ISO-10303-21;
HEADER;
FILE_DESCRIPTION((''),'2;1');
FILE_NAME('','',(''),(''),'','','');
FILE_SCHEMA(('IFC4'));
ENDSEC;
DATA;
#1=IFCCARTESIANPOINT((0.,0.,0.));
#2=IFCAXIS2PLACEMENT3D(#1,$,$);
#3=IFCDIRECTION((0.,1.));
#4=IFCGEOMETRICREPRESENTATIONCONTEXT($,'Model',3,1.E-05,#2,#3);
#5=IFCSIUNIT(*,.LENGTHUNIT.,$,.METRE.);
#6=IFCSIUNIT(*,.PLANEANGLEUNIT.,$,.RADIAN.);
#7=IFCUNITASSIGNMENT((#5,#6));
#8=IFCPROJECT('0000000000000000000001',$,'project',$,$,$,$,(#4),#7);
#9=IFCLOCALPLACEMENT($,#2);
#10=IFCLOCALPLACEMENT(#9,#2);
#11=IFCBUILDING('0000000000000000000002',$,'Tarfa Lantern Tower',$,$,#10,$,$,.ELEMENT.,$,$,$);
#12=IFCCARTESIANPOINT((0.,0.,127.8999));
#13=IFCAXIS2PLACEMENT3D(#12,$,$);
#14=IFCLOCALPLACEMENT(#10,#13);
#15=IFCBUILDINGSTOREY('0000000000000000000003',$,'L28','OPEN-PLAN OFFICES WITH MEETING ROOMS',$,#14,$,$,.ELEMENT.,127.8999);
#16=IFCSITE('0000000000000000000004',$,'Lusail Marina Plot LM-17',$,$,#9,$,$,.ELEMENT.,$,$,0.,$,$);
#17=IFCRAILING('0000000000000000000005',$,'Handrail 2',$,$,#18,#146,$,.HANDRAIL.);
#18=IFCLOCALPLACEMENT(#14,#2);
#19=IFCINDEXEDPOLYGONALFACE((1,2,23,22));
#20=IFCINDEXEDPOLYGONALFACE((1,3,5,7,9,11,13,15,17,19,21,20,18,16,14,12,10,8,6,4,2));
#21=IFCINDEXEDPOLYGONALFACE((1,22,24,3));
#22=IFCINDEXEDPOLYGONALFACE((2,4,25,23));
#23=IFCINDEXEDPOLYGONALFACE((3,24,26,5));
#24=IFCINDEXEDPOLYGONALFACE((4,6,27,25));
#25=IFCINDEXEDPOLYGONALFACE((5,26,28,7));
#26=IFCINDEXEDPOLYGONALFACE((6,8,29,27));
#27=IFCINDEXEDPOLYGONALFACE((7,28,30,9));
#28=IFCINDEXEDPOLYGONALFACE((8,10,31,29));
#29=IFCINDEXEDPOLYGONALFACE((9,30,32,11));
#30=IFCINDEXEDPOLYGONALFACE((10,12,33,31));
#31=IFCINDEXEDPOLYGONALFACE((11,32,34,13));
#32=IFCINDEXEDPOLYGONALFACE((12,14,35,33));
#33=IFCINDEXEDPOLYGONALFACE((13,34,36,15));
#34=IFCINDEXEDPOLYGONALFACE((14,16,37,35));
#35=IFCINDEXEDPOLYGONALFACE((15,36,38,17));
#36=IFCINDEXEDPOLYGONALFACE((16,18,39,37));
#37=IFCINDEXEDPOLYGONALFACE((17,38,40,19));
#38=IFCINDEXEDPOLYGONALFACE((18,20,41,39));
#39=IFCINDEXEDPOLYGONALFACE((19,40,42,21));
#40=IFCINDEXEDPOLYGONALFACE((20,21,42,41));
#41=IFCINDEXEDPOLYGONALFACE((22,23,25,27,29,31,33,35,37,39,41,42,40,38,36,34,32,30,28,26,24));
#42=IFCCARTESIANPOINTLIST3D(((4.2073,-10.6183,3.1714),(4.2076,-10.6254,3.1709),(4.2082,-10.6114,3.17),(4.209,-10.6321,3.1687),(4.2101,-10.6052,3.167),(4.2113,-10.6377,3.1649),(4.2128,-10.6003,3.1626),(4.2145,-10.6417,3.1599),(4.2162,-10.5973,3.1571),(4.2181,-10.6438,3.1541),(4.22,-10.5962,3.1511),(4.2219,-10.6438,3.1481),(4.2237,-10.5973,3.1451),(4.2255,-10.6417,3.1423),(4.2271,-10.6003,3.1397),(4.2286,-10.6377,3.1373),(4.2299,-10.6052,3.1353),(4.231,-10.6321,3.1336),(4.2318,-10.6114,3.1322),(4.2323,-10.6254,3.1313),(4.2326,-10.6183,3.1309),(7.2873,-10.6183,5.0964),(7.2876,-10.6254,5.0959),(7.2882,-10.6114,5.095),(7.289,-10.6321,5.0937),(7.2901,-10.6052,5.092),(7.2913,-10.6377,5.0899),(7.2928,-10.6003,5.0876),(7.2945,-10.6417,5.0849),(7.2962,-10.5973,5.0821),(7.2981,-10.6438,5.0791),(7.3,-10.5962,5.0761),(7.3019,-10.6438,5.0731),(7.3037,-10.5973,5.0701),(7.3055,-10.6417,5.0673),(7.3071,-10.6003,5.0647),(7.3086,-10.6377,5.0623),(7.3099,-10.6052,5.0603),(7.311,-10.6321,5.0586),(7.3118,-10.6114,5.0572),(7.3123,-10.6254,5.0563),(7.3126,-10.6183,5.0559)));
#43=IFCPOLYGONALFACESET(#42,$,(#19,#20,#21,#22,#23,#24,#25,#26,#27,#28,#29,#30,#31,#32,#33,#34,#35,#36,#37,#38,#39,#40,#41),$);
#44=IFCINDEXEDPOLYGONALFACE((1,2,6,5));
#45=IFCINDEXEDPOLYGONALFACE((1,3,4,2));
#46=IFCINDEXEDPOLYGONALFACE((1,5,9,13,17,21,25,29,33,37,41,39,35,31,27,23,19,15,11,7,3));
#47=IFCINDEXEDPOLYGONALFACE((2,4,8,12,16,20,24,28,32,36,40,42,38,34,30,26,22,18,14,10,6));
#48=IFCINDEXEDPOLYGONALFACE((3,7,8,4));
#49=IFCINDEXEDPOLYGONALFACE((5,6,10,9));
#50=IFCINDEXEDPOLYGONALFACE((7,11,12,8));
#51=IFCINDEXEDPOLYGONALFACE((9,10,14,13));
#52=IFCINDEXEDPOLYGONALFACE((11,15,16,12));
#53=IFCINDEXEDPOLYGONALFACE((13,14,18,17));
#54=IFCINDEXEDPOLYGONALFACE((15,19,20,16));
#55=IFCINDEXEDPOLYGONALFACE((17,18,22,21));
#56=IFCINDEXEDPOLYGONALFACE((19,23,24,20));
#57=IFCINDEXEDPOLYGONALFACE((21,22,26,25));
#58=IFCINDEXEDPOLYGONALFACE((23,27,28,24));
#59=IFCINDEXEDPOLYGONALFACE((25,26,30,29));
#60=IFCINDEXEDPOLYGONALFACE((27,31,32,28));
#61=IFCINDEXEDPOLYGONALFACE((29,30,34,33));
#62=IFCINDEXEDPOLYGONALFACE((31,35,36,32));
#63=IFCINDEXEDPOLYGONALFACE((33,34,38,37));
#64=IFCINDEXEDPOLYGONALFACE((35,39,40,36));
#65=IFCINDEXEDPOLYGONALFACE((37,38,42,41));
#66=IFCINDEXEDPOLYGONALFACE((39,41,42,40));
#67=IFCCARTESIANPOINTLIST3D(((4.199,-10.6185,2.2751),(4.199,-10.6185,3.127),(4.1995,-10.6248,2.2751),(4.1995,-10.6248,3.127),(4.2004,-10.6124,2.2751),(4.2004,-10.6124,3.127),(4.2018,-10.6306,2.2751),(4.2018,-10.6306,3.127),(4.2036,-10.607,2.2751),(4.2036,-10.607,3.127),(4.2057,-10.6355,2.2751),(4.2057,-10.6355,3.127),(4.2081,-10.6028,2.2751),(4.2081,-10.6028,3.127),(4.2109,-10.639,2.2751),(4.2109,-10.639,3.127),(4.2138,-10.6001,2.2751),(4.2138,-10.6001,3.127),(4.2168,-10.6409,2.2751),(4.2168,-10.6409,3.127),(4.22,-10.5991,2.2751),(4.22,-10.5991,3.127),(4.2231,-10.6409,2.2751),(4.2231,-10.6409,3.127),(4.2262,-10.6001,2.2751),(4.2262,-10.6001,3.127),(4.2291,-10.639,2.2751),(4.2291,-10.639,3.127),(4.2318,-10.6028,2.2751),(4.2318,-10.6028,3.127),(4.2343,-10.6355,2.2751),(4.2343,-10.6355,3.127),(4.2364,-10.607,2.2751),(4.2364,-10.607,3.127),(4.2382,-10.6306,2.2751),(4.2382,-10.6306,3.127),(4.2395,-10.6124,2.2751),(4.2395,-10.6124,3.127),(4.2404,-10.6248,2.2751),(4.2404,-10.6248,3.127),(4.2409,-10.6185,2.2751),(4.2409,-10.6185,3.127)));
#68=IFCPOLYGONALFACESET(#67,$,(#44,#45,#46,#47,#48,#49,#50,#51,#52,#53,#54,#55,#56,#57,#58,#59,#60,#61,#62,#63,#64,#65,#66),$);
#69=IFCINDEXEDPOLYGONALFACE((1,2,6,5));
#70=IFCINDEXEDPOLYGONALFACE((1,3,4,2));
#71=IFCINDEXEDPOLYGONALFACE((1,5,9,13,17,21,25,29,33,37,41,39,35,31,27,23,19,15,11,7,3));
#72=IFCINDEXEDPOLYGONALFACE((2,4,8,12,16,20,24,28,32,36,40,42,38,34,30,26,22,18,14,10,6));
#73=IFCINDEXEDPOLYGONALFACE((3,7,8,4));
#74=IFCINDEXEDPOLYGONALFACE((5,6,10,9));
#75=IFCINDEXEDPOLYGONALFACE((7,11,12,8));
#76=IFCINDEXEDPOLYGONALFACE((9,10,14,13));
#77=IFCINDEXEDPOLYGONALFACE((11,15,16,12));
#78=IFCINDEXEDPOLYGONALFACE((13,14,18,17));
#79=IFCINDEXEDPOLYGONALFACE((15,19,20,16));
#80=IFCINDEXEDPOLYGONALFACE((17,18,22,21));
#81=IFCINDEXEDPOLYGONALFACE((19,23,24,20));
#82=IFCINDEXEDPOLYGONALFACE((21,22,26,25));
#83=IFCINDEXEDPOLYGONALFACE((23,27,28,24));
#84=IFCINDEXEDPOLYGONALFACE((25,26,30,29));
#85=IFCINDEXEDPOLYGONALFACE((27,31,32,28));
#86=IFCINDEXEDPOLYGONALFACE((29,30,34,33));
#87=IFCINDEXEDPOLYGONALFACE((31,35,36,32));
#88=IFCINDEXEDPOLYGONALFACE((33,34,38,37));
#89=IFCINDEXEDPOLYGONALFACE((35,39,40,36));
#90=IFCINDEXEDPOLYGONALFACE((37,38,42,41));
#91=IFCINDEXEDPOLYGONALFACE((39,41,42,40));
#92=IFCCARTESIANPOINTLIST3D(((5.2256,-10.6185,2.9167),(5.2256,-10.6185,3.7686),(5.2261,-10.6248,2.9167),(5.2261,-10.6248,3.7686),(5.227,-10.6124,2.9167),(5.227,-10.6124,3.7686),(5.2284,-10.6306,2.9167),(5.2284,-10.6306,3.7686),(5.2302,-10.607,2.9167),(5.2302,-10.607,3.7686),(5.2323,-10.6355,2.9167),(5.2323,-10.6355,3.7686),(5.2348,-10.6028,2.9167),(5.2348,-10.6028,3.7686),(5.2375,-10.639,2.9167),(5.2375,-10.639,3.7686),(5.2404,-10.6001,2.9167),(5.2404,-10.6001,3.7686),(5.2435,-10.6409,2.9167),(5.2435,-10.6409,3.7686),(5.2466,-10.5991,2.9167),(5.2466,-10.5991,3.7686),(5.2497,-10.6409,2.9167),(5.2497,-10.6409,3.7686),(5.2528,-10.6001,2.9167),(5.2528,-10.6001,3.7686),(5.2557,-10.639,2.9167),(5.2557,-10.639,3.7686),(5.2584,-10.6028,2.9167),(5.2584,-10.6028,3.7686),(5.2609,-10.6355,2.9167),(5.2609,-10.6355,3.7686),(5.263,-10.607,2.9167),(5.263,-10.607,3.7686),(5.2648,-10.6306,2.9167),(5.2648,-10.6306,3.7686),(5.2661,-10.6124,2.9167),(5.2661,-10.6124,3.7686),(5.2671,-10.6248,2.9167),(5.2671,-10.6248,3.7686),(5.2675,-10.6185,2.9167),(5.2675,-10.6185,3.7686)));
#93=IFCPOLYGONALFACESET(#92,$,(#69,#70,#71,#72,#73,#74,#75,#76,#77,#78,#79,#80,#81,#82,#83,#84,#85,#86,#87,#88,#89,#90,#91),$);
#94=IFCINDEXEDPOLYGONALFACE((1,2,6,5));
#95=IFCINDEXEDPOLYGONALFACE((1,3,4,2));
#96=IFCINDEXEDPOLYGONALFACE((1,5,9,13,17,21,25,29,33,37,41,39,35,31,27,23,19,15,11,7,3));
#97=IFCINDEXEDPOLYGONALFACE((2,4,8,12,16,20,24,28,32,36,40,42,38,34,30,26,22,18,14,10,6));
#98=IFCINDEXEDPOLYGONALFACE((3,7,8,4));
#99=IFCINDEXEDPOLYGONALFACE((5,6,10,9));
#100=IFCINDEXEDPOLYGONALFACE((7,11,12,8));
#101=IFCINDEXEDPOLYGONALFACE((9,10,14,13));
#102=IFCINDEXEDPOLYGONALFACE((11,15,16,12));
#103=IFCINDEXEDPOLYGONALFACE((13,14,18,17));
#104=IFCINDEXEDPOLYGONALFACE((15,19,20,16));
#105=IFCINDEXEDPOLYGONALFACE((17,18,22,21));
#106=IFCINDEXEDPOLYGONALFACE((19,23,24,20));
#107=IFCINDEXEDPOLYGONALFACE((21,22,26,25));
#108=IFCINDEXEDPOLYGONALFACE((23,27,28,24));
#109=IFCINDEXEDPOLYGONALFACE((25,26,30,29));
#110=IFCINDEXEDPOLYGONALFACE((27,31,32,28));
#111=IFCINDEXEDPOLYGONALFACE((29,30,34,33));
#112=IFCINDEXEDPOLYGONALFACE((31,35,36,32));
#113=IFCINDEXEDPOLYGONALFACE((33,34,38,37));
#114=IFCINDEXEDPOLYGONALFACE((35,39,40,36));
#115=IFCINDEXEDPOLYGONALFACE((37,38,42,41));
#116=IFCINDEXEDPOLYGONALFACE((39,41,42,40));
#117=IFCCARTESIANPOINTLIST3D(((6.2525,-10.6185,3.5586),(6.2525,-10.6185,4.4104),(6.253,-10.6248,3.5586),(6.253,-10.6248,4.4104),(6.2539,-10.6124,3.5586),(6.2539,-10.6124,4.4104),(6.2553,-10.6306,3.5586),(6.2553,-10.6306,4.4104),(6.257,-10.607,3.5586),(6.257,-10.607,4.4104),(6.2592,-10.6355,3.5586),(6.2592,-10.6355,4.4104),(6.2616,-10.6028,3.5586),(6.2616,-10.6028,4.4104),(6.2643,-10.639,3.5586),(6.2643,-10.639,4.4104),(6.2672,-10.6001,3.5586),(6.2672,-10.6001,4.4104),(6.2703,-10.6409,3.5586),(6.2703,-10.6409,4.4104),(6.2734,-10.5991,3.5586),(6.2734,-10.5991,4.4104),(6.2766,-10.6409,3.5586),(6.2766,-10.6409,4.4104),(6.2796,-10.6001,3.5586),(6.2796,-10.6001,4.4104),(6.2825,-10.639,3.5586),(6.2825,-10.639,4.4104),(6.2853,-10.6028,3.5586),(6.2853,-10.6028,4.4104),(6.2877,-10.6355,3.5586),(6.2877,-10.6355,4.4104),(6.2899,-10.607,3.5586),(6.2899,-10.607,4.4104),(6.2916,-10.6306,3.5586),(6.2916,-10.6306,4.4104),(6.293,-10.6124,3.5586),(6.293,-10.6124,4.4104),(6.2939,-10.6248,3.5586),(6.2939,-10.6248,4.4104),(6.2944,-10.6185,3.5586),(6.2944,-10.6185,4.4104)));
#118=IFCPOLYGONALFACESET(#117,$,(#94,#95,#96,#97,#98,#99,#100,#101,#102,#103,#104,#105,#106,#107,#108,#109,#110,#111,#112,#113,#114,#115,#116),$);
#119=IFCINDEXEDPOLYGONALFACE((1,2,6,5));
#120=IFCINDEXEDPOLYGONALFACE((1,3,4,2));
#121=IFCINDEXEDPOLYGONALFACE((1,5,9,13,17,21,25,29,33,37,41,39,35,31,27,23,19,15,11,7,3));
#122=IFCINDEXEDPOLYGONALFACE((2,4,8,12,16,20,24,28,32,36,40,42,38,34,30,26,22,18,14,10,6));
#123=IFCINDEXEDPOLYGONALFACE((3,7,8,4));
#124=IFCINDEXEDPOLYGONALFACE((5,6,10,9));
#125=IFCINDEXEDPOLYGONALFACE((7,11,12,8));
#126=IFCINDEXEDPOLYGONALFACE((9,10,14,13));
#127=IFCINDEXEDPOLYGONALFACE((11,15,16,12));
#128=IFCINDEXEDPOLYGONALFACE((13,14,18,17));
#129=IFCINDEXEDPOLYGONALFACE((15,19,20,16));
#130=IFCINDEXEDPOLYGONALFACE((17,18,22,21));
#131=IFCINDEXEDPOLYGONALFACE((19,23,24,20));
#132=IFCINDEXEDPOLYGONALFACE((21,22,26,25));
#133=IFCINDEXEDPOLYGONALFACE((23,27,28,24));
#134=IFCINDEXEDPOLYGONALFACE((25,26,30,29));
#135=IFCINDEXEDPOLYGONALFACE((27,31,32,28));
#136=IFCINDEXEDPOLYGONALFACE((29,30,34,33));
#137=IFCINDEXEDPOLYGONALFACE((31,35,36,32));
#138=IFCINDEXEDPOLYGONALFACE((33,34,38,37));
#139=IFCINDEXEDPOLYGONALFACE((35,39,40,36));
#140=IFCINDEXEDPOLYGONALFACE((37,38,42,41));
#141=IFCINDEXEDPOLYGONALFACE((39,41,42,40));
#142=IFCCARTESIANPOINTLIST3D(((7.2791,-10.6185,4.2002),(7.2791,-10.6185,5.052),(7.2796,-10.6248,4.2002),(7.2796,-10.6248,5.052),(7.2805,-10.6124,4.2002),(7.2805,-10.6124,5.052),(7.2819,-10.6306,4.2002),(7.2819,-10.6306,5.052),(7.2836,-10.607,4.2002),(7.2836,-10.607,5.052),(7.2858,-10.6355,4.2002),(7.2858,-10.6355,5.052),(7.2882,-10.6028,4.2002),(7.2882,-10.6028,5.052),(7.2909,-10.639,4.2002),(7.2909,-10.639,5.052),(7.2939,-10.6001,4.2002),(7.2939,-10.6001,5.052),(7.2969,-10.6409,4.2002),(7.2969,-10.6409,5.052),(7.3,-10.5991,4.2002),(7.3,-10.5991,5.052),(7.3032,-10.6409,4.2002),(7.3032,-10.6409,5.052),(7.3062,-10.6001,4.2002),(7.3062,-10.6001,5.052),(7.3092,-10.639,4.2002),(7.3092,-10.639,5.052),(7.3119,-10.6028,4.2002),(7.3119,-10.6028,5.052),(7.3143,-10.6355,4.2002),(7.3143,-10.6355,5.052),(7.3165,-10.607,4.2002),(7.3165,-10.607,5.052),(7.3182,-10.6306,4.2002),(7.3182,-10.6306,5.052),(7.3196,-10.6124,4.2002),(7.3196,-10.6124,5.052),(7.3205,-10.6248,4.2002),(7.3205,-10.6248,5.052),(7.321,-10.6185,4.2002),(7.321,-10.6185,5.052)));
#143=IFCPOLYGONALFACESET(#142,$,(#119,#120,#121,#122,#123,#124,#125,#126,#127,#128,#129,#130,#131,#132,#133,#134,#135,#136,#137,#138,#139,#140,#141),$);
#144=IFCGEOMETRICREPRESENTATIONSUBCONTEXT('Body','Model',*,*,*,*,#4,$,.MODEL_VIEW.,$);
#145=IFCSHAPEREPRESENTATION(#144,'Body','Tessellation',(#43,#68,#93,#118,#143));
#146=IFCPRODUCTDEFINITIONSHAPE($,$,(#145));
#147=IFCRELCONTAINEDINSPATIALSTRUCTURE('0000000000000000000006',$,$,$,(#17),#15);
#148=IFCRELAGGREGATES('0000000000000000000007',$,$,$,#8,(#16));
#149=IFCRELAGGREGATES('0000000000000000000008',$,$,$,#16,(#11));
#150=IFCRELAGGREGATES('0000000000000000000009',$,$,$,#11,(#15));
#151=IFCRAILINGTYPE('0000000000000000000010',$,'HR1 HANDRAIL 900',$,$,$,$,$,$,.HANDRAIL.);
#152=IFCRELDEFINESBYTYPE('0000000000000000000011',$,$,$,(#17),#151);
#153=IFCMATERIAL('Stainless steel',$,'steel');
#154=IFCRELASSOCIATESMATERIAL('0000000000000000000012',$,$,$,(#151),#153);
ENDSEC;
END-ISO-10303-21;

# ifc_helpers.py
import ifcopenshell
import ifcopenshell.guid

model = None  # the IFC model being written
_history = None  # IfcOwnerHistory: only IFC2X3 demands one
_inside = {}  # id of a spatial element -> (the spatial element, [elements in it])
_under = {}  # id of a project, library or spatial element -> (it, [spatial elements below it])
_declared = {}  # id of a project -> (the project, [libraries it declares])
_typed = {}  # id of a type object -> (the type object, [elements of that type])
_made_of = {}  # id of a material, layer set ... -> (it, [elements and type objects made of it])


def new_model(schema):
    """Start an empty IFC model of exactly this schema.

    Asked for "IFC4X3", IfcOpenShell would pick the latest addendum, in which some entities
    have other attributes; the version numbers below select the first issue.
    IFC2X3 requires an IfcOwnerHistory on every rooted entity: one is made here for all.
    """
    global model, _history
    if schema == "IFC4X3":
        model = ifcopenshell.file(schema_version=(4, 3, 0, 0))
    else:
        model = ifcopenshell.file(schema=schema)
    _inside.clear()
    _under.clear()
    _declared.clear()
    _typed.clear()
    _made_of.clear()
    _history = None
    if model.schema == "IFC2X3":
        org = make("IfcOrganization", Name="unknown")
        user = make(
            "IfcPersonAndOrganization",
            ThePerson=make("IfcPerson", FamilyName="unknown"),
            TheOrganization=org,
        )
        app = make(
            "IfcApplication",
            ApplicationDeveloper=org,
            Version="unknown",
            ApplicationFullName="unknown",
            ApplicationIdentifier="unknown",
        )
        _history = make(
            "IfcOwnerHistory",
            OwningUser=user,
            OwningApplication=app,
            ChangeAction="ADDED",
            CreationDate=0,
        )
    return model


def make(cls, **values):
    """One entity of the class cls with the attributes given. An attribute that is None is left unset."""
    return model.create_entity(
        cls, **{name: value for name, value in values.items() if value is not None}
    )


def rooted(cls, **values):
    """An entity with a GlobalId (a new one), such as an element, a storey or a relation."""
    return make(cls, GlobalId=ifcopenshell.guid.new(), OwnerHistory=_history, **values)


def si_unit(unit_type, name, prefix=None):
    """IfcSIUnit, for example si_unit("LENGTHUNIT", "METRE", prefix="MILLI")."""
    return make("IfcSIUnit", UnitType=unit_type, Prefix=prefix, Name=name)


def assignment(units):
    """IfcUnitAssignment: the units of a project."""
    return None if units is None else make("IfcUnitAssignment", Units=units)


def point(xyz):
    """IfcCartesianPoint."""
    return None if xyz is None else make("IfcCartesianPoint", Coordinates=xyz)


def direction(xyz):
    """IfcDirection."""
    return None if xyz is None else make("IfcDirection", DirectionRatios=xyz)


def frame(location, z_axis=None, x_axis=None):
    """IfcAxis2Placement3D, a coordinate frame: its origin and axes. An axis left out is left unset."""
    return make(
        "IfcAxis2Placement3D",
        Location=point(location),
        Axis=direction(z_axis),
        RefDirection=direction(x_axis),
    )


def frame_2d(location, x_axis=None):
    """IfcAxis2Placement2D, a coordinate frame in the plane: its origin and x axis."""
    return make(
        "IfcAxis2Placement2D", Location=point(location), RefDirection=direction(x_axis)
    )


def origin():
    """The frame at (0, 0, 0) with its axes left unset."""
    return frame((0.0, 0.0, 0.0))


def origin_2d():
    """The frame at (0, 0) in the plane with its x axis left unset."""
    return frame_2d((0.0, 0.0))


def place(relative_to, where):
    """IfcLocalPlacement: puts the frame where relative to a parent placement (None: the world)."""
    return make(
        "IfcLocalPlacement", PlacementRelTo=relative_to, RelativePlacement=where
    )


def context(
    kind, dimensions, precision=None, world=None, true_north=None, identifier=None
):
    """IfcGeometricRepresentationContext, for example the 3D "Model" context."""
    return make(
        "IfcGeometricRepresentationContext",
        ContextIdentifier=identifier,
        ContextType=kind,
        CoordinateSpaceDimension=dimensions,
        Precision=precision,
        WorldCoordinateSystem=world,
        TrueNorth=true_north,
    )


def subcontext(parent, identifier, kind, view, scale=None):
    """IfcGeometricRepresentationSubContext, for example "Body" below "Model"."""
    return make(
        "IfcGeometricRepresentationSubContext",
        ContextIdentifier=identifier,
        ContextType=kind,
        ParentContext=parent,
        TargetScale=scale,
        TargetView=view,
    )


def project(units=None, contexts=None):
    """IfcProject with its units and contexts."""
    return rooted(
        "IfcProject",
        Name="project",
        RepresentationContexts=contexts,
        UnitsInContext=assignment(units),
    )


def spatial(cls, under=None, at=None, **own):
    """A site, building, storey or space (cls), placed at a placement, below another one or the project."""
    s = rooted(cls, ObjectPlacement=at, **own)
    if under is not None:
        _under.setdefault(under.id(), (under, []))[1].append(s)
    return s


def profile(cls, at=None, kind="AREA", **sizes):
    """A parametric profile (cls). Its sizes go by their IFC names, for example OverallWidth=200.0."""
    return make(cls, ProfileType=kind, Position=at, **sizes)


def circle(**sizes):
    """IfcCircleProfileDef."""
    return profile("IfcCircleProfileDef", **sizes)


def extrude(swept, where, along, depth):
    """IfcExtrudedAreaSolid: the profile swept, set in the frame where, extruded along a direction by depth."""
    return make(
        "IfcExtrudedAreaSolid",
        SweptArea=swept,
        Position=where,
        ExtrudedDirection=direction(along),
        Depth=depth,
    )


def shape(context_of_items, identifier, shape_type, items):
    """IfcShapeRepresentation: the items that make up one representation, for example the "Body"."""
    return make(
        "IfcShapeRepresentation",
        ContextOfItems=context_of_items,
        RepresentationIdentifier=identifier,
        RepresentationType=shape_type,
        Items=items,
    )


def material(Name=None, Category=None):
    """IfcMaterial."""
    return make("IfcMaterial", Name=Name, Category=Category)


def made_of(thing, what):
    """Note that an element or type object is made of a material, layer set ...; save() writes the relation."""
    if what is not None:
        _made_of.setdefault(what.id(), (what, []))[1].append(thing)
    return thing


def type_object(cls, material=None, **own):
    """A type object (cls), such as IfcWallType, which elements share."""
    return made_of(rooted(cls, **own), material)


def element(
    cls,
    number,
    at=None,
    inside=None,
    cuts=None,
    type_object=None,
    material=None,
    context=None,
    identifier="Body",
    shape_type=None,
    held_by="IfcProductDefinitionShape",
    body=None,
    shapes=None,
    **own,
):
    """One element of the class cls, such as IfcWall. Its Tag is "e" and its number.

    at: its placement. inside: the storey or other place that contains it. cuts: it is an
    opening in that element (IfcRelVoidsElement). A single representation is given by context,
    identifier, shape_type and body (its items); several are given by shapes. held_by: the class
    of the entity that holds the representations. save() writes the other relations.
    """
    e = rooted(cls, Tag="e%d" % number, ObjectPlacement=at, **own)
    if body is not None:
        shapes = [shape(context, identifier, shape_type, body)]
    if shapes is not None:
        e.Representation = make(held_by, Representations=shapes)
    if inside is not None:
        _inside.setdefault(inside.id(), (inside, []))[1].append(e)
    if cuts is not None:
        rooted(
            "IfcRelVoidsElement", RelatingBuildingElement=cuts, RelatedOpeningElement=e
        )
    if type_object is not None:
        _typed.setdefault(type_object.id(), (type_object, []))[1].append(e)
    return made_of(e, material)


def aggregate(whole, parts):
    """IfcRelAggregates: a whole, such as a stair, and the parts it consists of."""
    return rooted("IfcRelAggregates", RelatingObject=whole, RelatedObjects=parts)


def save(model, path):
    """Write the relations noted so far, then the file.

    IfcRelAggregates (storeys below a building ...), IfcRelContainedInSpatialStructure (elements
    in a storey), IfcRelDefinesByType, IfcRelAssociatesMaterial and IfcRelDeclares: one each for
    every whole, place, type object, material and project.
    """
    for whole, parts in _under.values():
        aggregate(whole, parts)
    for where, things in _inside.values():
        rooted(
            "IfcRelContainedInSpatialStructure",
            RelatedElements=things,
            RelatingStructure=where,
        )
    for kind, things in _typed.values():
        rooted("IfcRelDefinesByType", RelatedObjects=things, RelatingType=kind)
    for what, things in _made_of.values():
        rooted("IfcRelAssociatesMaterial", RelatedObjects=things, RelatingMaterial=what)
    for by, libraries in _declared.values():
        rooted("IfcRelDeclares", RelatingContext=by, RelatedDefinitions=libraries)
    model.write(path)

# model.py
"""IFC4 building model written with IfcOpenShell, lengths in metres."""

from ifc_helpers import new_model, si_unit, direction, frame, origin, origin_2d, place, context, subcontext, project, spatial, circle, extrude, material, type_object, element, save


model = new_model("IFC4")

# Units and contexts
model_context = context("Model", 3, precision=1e-05, world=origin(), true_north=direction((0.0, 1.0)))
body_context = subcontext(model_context, "Body", "Model", "MODEL_VIEW")
ifc_project = project(units=[si_unit("LENGTHUNIT", "METRE"), si_unit("PLANEANGLEUNIT", "RADIAN")], contexts=[model_context])

# Site, building, storey
site_placement = place(None, origin())
site = spatial("IfcSite", under=ifc_project, at=site_placement, Name="Lusail Marina Plot LM-17", CompositionType="ELEMENT", RefElevation=0.0)
building_placement = place(site_placement, origin())
building = spatial("IfcBuilding", under=site, at=building_placement, Name="Tarfa Lantern Tower", CompositionType="ELEMENT")
storey_placement = place(building_placement, frame((0.0, 0.0, 127.8999)))
storey = spatial("IfcBuildingStorey", under=building, at=storey_placement, Name="L28", Description="OPEN-PLAN OFFICES WITH MEETING ROOMS", CompositionType="ELEMENT", Elevation=127.8999)

# Railing
ifc_material_1 = material(Name="Stainless steel", Category="steel")
railing_type = type_object("IfcRailingType", Name="HR1 HANDRAIL 900", PredefinedType="HANDRAIL", material=ifc_material_1)
railing_placement = place(storey_placement, frame((4.22, -10.6201, 2.2751)))
element("IfcRailing", 1, at=railing_placement, inside=storey, type_object=railing_type, Name="Handrail 2", PredefinedType="HANDRAIL", context=body_context, shape_type="SweptSolid", body=[
    extrude(circle(Radius=0.0239, at=origin_2d()), frame((0.0, 0.0, 0.876), z_axis=(0.847998, 0.0, 0.529999), x_axis=(0.0, 1.0, 0.0)), (0.0, 0.0, 1.0), 3.6321),
    extrude(circle(Radius=0.021, at=origin_2d()), frame((0.0, 0.0, 0.0), z_axis=(0.0, 0.0, 1.0), x_axis=(0.0, 1.0, 0.0)), (0.0, 0.0, 1.0), 0.8518),
    extrude(circle(Radius=0.021, at=origin_2d()), frame((1.0266, 0.0, 0.6416), z_axis=(0.0, 0.0, 1.0), x_axis=(0.0, 1.0, 0.0)), (0.0, 0.0, 1.0), 0.8518),
    extrude(circle(Radius=0.021, at=origin_2d()), frame((2.0535, 0.0, 1.2834), z_axis=(0.0, 0.0, 1.0), x_axis=(0.0, 1.0, 0.0)), (0.0, 0.0, 1.0), 0.8518),
    extrude(circle(Radius=0.021, at=origin_2d()), frame((3.0801, 0.0, 1.925), z_axis=(0.0, 0.0, 1.0), x_axis=(0.0, 1.0, 0.0)), (0.0, 0.0, 1.0), 0.8518),
])

save(model, "model.ifc")
